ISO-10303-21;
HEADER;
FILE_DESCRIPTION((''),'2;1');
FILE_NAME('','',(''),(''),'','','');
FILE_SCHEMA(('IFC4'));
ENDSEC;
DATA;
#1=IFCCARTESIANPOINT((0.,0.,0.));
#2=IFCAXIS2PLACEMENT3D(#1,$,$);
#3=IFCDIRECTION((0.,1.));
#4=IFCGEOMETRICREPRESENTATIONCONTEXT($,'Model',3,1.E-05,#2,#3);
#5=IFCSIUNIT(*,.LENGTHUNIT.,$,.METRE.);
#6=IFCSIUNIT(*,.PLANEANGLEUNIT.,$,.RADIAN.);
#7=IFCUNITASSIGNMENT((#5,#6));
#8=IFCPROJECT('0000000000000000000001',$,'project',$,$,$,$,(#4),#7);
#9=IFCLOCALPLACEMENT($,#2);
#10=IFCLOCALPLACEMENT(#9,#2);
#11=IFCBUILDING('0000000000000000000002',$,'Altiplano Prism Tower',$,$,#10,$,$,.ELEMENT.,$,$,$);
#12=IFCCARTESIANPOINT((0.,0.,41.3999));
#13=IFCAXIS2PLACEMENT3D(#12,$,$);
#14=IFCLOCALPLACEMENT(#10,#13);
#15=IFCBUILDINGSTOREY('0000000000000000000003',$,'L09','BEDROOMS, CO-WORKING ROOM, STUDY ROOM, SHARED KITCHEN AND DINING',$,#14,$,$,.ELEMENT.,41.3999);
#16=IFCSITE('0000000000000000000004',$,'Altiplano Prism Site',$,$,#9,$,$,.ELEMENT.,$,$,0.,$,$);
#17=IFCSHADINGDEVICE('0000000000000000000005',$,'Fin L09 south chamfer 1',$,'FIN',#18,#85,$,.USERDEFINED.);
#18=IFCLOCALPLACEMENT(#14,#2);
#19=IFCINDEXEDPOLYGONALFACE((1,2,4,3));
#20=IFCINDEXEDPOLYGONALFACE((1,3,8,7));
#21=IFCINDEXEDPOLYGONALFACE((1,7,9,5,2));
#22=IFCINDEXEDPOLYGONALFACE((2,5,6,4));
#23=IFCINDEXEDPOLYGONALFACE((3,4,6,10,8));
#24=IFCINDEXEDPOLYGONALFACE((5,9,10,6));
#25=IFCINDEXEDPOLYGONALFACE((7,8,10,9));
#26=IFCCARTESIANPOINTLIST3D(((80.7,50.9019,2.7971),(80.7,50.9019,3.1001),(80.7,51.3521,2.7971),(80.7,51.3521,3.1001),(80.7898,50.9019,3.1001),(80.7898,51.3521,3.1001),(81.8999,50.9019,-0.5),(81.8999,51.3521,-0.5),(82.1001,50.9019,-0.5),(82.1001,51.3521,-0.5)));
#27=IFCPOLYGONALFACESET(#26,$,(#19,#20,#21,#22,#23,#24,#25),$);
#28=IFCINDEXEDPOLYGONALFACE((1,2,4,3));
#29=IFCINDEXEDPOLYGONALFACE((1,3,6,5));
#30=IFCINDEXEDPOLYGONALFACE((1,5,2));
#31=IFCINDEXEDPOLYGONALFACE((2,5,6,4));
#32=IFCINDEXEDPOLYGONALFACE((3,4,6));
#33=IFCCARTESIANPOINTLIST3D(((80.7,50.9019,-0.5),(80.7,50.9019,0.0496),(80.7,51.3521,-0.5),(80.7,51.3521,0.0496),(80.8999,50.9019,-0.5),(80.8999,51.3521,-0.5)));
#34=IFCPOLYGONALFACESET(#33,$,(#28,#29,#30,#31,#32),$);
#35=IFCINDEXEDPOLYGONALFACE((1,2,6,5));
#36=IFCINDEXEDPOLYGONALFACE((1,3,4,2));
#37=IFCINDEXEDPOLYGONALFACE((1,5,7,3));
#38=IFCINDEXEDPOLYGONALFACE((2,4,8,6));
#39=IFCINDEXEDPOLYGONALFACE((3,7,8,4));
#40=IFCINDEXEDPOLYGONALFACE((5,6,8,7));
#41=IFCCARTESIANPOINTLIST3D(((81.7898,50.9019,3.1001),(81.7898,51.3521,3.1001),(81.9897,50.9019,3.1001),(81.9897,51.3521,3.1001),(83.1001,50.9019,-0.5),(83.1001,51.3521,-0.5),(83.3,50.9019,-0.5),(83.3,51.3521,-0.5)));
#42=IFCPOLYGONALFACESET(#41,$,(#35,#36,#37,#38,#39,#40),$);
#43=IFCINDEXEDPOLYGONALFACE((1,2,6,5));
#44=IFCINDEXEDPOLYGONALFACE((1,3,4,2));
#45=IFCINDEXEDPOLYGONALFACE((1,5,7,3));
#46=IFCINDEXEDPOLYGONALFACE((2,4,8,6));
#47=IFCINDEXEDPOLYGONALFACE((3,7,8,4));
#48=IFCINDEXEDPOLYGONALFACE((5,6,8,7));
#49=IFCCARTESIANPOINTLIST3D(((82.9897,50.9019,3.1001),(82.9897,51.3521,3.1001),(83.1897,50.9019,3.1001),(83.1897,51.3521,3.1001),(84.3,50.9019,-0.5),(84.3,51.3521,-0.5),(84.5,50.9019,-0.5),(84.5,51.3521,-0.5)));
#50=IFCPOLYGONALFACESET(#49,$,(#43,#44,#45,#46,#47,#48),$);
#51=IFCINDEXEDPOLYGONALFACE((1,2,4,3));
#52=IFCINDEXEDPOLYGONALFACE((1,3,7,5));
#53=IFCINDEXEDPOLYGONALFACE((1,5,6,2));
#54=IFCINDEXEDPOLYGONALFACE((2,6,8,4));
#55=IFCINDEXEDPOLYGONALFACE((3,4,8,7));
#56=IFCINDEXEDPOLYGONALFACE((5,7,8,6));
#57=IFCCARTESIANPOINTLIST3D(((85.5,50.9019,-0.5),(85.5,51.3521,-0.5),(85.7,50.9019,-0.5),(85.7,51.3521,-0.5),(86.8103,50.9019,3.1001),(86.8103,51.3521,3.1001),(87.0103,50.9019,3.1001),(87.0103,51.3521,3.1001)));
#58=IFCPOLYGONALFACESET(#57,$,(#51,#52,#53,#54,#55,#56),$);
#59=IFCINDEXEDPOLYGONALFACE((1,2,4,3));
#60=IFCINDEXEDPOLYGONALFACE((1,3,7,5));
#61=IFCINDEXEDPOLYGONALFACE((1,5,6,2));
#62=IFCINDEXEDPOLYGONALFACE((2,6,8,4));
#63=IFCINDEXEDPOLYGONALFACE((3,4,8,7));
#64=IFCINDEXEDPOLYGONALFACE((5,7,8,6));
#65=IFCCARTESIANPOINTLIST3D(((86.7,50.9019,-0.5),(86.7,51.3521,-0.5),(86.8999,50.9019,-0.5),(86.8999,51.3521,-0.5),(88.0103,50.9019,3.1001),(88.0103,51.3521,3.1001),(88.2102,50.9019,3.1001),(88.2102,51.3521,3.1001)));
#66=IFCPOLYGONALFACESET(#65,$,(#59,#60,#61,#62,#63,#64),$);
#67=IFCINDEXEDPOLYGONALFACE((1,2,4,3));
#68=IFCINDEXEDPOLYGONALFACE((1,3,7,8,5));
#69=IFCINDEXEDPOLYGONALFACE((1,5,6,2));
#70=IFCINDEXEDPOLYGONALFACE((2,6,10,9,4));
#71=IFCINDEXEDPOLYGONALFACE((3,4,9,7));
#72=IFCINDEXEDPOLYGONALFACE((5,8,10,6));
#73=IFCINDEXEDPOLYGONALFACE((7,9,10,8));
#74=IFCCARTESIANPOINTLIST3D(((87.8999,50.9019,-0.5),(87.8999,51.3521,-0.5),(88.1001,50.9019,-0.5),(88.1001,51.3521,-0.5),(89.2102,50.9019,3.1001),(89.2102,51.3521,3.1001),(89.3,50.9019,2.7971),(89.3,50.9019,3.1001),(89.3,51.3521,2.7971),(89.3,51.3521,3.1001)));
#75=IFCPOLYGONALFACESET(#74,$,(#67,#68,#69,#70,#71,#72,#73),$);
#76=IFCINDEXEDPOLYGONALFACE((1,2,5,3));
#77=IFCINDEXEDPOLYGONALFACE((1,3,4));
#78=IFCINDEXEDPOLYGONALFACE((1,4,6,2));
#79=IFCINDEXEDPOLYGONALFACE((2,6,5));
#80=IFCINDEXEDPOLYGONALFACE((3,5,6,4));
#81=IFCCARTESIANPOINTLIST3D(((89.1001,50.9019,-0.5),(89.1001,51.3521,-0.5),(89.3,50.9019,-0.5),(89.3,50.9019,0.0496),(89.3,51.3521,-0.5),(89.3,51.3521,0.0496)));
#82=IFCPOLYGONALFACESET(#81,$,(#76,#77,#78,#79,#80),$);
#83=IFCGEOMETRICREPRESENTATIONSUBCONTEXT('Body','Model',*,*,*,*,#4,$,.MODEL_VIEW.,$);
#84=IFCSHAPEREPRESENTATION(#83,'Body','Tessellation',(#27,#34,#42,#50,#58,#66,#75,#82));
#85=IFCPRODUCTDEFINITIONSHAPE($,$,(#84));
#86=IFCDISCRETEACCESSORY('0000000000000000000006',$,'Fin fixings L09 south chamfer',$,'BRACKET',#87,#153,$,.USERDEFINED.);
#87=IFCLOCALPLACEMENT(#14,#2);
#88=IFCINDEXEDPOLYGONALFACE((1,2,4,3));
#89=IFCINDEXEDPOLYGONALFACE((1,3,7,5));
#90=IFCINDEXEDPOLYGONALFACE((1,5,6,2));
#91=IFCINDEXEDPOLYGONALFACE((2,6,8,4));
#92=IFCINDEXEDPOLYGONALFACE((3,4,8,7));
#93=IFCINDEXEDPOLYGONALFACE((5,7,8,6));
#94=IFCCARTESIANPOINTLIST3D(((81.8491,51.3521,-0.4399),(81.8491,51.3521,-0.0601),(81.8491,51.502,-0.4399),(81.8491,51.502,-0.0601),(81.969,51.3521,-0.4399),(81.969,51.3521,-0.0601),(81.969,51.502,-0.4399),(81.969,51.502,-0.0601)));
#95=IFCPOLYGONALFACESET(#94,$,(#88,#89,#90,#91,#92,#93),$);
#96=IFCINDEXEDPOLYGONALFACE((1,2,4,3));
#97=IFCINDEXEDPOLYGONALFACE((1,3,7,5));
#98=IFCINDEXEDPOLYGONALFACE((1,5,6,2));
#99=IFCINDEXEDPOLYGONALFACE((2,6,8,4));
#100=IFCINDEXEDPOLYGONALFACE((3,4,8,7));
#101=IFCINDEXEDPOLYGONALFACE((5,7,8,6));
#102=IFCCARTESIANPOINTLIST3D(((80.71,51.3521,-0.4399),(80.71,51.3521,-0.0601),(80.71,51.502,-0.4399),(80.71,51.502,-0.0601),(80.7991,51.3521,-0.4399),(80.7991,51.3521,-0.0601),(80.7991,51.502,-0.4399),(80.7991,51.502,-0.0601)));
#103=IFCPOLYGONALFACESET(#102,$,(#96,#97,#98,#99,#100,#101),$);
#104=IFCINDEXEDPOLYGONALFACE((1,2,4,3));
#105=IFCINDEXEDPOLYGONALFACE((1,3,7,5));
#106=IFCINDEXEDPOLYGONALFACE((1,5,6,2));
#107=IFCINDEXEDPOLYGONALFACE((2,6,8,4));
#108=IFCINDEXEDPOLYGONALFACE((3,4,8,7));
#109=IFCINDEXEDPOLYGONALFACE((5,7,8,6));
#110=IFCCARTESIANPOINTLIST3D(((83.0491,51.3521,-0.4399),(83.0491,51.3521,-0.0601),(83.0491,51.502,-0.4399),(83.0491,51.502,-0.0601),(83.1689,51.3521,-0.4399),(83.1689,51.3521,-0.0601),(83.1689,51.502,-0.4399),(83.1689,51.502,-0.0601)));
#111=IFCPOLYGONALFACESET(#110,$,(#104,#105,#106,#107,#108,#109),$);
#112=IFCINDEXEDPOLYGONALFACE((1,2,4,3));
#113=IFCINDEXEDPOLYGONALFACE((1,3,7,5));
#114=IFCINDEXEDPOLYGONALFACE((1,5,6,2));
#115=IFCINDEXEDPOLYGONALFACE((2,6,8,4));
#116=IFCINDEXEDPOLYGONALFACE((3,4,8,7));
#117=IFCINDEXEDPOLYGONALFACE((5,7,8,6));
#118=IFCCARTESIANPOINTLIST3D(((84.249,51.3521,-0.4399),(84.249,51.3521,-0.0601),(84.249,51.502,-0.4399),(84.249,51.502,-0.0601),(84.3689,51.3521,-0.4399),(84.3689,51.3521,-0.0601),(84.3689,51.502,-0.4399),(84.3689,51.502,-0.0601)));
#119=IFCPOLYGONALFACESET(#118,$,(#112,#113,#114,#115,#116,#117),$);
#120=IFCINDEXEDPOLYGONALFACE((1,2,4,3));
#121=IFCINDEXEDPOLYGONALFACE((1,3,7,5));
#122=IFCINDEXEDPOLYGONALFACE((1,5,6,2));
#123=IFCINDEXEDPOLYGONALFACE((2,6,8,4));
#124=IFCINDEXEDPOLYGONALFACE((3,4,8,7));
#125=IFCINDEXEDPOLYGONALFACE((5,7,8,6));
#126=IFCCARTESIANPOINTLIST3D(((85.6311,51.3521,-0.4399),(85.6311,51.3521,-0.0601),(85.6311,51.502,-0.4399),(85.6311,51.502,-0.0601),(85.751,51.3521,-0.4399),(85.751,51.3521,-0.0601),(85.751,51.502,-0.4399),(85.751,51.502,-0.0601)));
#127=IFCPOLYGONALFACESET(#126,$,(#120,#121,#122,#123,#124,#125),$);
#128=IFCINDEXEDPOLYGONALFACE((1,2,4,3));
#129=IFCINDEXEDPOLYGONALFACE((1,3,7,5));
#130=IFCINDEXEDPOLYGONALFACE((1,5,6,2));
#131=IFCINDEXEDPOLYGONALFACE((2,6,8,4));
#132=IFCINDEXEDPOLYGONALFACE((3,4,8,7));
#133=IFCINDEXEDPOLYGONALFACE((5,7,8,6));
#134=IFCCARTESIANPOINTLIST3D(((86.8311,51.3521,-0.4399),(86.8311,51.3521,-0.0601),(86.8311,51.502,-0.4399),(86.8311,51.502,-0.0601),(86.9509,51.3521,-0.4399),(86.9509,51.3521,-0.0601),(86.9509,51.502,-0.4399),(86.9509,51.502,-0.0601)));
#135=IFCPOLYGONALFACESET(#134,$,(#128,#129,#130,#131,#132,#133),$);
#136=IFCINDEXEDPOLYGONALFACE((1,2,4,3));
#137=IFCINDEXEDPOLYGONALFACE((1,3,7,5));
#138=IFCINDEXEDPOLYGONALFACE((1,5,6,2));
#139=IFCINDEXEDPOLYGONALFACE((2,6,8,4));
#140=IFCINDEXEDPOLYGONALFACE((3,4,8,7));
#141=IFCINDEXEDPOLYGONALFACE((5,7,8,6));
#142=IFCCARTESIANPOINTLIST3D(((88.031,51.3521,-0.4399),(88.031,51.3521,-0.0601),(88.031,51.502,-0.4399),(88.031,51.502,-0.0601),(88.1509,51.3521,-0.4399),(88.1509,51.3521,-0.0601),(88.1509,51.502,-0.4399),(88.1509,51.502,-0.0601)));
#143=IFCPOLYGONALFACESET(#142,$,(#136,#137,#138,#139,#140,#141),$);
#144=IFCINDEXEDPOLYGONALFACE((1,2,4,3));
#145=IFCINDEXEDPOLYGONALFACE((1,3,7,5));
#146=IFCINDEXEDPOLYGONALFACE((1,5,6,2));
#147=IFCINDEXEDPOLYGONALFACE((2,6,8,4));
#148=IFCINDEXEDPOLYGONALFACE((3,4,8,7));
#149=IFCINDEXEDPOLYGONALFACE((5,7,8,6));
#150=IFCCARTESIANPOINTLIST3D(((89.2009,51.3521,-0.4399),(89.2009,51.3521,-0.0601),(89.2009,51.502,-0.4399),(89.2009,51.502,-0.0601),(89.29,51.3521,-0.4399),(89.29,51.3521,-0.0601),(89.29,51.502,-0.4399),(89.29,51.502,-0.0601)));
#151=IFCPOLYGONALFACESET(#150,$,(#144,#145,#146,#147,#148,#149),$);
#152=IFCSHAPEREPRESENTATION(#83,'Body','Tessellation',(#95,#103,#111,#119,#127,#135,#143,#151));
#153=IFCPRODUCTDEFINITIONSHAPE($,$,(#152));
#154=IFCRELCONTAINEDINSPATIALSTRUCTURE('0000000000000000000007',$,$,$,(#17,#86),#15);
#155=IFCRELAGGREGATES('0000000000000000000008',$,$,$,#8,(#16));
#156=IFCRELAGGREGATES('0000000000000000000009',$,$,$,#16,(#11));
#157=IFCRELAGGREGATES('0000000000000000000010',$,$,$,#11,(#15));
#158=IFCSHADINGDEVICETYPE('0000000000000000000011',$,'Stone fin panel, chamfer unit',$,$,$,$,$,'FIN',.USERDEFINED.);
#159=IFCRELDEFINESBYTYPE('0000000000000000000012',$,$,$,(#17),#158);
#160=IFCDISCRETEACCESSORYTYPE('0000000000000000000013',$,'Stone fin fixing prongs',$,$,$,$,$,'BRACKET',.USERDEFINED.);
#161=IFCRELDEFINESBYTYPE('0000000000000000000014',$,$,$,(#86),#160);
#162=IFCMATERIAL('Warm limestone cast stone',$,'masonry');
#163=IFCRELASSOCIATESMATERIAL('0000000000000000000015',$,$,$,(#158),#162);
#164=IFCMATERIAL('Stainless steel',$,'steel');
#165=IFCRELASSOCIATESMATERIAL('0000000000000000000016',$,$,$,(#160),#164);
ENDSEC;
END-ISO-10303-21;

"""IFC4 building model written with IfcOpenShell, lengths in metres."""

from ifc_helpers import new_model, si_unit, direction, frame, origin, place, context, subcontext, project, spatial, polyline, outline, extrude, source, transform, mapped, material, type_object, element, save


model = new_model("IFC4")

# Units and contexts
model_context = context("Model", 3, precision=1e-05, world=origin(), true_north=direction((0.0, 1.0)))
body_context = subcontext(model_context, "Body", "Model", "MODEL_VIEW")
ifc_project = project(units=[si_unit("LENGTHUNIT", "METRE"), si_unit("PLANEANGLEUNIT", "RADIAN")], contexts=[model_context])

# Site, building, storey
site_placement = place(None, origin())
site = spatial("IfcSite", under=ifc_project, at=site_placement, Name="Altiplano Prism Site", CompositionType="ELEMENT", RefElevation=0.0)
building_placement = place(site_placement, origin())
building = spatial("IfcBuilding", under=site, at=building_placement, Name="Altiplano Prism Tower", CompositionType="ELEMENT")
storey_placement = place(building_placement, frame((0.0, 0.0, 41.3999)))
storey = spatial("IfcBuildingStorey", under=building, at=storey_placement, Name="L09", Description="BEDROOMS, CO-WORKING ROOM, STUDY ROOM, SHARED KITCHEN AND DINING", CompositionType="ELEMENT", Elevation=41.3999)

# Shading device
ifc_material_1 = material(Name="Warm limestone cast stone", Category="masonry")
shading_device_type_1 = type_object("IfcShadingDeviceType", Name="Stone fin panel, chamfer unit", ElementType="FIN", PredefinedType="USERDEFINED", material=ifc_material_1)
shared_shape_1 = source(origin(), body_context, "Body", "SweptSolid", [
    extrude(outline(polyline([(-4.3, 3.6001), (-4.3, 3.2971), (-3.1001, 0.0), (-2.8999, 0.0), (-4.2102, 3.6001), (-4.3, 3.6001)])), frame((0.0, -0.1499, 0.0), z_axis=(0.0, -1.0, 0.0), x_axis=(1.0, 0.0, 0.0)), (0.0, 0.0, 1.0), 0.4502),
    extrude(outline(polyline([(-4.3, 0.5496), (-4.3, 0.0), (-4.1001, 0.0), (-4.3, 0.5496)])), frame((0.0, -0.1499, 0.0), z_axis=(0.0, -1.0, 0.0), x_axis=(1.0, 0.0, 0.0)), (0.0, 0.0, 1.0), 0.4502),
    extrude(outline(polyline([(-3.2102, 3.6001), (-1.8999, 0.0), (-1.7, 0.0), (-3.0103, 3.6001), (-3.2102, 3.6001)])), frame((0.0, -0.1499, 0.0), z_axis=(0.0, -1.0, 0.0), x_axis=(1.0, 0.0, 0.0)), (0.0, 0.0, 1.0), 0.4502),
    extrude(outline(polyline([(-2.0103, 3.6001), (-0.7, 0.0), (-0.5, 0.0), (-1.8103, 3.6001), (-2.0103, 3.6001)])), frame((0.0, -0.1499, 0.0), z_axis=(0.0, -1.0, 0.0), x_axis=(1.0, 0.0, 0.0)), (0.0, 0.0, 1.0), 0.4502),
    extrude(outline(polyline([(1.8103, 3.6001), (0.5, 0.0), (0.7, 0.0), (2.0103, 3.6001), (1.8103, 3.6001)])), frame((0.0, -0.1499, 0.0), z_axis=(0.0, -1.0, 0.0), x_axis=(1.0, 0.0, 0.0)), (0.0, 0.0, 1.0), 0.4502),
    extrude(outline(polyline([(3.0103, 3.6001), (1.7, 0.0), (1.8999, 0.0), (3.2102, 3.6001), (3.0103, 3.6001)])), frame((0.0, -0.1499, 0.0), z_axis=(0.0, -1.0, 0.0), x_axis=(1.0, 0.0, 0.0)), (0.0, 0.0, 1.0), 0.4502),
    extrude(outline(polyline([(4.2102, 3.6001), (2.8999, 0.0), (3.1001, 0.0), (4.3, 3.2971), (4.3, 3.6001), (4.2102, 3.6001)])), frame((0.0, -0.1499, 0.0), z_axis=(0.0, -1.0, 0.0), x_axis=(1.0, 0.0, 0.0)), (0.0, 0.0, 1.0), 0.4502),
    extrude(outline(polyline([(4.3, 0.0), (4.3, 0.5496), (4.1001, 0.0), (4.3, 0.0)])), frame((0.0, -0.1499, 0.0), z_axis=(0.0, -1.0, 0.0), x_axis=(1.0, 0.0, 0.0)), (0.0, 0.0, 1.0), 0.4502),
])
shading_device_1_placement = place(storey_placement, origin())
element("IfcShadingDevice", 1, at=shading_device_1_placement, inside=storey, type_object=shading_device_type_1, Name="Fin L09 south chamfer 1", ObjectType="FIN", PredefinedType="USERDEFINED", context=body_context, shape_type="MappedRepresentation", body=[
    mapped(shared_shape_1, transform((85.0, 51.502, -0.5), x_axis=(1.0, 0.0, 0.0), y_axis=(0.0, 1.0, 0.0), z_axis=(0.0, 0.0, 1.0))),
])

# Discrete accessory
ifc_material_2 = material(Name="Stainless steel", Category="steel")
discrete_accessory_type = type_object("IfcDiscreteAccessoryType", Name="Stone fin fixing prongs", ElementType="BRACKET", PredefinedType="USERDEFINED", material=ifc_material_2)
shared_shape_2 = source(origin(), body_context, "Body", "SweptSolid", [
    extrude(outline(polyline([(-3.1509, 0.0601), (-3.031, 0.0601), (-3.031, 0.4399), (-3.1509, 0.4399), (-3.1509, 0.0601)])), frame((0.0, 0.0, 0.0), z_axis=(0.0, -1.0, 0.0), x_axis=(1.0, 0.0, 0.0)), (0.0, 0.0, 1.0), 0.1499),
    extrude(outline(polyline([(-4.29, 0.0601), (-4.2009, 0.0601), (-4.2009, 0.4399), (-4.29, 0.4399), (-4.29, 0.0601)])), frame((0.0, 0.0, 0.0), z_axis=(0.0, -1.0, 0.0), x_axis=(1.0, 0.0, 0.0)), (0.0, 0.0, 1.0), 0.1499),
    extrude(outline(polyline([(-1.9509, 0.0601), (-1.8311, 0.0601), (-1.8311, 0.4399), (-1.9509, 0.4399), (-1.9509, 0.0601)])), frame((0.0, 0.0, 0.0), z_axis=(0.0, -1.0, 0.0), x_axis=(1.0, 0.0, 0.0)), (0.0, 0.0, 1.0), 0.1499),
    extrude(outline(polyline([(-0.751, 0.0601), (-0.6311, 0.0601), (-0.6311, 0.4399), (-0.751, 0.4399), (-0.751, 0.0601)])), frame((0.0, 0.0, 0.0), z_axis=(0.0, -1.0, 0.0), x_axis=(1.0, 0.0, 0.0)), (0.0, 0.0, 1.0), 0.1499),
    extrude(outline(polyline([(0.6311, 0.0601), (0.751, 0.0601), (0.751, 0.4399), (0.6311, 0.4399), (0.6311, 0.0601)])), frame((0.0, 0.0, 0.0), z_axis=(0.0, -1.0, 0.0), x_axis=(1.0, 0.0, 0.0)), (0.0, 0.0, 1.0), 0.1499),
    extrude(outline(polyline([(1.8311, 0.0601), (1.9509, 0.0601), (1.9509, 0.4399), (1.8311, 0.4399), (1.8311, 0.0601)])), frame((0.0, 0.0, 0.0), z_axis=(0.0, -1.0, 0.0), x_axis=(1.0, 0.0, 0.0)), (0.0, 0.0, 1.0), 0.1499),
    extrude(outline(polyline([(3.031, 0.0601), (3.1509, 0.0601), (3.1509, 0.4399), (3.031, 0.4399), (3.031, 0.0601)])), frame((0.0, 0.0, 0.0), z_axis=(0.0, -1.0, 0.0), x_axis=(1.0, 0.0, 0.0)), (0.0, 0.0, 1.0), 0.1499),
    extrude(outline(polyline([(4.2009, 0.0601), (4.29, 0.0601), (4.29, 0.4399), (4.2009, 0.4399), (4.2009, 0.0601)])), frame((0.0, 0.0, 0.0), z_axis=(0.0, -1.0, 0.0), x_axis=(1.0, 0.0, 0.0)), (0.0, 0.0, 1.0), 0.1499),
])
discrete_accessory_1_placement = place(storey_placement, origin())
element("IfcDiscreteAccessory", 2, at=discrete_accessory_1_placement, inside=storey, type_object=discrete_accessory_type, Name="Fin fixings L09 south chamfer", ObjectType="BRACKET", PredefinedType="USERDEFINED", context=body_context, shape_type="MappedRepresentation", body=[
    mapped(shared_shape_2, transform((85.0, 51.502, -0.5), x_axis=(1.0, 0.0, 0.0), y_axis=(0.0, 1.0, 0.0), z_axis=(0.0, 0.0, 1.0))),
])

save(model, "model.ifc")
